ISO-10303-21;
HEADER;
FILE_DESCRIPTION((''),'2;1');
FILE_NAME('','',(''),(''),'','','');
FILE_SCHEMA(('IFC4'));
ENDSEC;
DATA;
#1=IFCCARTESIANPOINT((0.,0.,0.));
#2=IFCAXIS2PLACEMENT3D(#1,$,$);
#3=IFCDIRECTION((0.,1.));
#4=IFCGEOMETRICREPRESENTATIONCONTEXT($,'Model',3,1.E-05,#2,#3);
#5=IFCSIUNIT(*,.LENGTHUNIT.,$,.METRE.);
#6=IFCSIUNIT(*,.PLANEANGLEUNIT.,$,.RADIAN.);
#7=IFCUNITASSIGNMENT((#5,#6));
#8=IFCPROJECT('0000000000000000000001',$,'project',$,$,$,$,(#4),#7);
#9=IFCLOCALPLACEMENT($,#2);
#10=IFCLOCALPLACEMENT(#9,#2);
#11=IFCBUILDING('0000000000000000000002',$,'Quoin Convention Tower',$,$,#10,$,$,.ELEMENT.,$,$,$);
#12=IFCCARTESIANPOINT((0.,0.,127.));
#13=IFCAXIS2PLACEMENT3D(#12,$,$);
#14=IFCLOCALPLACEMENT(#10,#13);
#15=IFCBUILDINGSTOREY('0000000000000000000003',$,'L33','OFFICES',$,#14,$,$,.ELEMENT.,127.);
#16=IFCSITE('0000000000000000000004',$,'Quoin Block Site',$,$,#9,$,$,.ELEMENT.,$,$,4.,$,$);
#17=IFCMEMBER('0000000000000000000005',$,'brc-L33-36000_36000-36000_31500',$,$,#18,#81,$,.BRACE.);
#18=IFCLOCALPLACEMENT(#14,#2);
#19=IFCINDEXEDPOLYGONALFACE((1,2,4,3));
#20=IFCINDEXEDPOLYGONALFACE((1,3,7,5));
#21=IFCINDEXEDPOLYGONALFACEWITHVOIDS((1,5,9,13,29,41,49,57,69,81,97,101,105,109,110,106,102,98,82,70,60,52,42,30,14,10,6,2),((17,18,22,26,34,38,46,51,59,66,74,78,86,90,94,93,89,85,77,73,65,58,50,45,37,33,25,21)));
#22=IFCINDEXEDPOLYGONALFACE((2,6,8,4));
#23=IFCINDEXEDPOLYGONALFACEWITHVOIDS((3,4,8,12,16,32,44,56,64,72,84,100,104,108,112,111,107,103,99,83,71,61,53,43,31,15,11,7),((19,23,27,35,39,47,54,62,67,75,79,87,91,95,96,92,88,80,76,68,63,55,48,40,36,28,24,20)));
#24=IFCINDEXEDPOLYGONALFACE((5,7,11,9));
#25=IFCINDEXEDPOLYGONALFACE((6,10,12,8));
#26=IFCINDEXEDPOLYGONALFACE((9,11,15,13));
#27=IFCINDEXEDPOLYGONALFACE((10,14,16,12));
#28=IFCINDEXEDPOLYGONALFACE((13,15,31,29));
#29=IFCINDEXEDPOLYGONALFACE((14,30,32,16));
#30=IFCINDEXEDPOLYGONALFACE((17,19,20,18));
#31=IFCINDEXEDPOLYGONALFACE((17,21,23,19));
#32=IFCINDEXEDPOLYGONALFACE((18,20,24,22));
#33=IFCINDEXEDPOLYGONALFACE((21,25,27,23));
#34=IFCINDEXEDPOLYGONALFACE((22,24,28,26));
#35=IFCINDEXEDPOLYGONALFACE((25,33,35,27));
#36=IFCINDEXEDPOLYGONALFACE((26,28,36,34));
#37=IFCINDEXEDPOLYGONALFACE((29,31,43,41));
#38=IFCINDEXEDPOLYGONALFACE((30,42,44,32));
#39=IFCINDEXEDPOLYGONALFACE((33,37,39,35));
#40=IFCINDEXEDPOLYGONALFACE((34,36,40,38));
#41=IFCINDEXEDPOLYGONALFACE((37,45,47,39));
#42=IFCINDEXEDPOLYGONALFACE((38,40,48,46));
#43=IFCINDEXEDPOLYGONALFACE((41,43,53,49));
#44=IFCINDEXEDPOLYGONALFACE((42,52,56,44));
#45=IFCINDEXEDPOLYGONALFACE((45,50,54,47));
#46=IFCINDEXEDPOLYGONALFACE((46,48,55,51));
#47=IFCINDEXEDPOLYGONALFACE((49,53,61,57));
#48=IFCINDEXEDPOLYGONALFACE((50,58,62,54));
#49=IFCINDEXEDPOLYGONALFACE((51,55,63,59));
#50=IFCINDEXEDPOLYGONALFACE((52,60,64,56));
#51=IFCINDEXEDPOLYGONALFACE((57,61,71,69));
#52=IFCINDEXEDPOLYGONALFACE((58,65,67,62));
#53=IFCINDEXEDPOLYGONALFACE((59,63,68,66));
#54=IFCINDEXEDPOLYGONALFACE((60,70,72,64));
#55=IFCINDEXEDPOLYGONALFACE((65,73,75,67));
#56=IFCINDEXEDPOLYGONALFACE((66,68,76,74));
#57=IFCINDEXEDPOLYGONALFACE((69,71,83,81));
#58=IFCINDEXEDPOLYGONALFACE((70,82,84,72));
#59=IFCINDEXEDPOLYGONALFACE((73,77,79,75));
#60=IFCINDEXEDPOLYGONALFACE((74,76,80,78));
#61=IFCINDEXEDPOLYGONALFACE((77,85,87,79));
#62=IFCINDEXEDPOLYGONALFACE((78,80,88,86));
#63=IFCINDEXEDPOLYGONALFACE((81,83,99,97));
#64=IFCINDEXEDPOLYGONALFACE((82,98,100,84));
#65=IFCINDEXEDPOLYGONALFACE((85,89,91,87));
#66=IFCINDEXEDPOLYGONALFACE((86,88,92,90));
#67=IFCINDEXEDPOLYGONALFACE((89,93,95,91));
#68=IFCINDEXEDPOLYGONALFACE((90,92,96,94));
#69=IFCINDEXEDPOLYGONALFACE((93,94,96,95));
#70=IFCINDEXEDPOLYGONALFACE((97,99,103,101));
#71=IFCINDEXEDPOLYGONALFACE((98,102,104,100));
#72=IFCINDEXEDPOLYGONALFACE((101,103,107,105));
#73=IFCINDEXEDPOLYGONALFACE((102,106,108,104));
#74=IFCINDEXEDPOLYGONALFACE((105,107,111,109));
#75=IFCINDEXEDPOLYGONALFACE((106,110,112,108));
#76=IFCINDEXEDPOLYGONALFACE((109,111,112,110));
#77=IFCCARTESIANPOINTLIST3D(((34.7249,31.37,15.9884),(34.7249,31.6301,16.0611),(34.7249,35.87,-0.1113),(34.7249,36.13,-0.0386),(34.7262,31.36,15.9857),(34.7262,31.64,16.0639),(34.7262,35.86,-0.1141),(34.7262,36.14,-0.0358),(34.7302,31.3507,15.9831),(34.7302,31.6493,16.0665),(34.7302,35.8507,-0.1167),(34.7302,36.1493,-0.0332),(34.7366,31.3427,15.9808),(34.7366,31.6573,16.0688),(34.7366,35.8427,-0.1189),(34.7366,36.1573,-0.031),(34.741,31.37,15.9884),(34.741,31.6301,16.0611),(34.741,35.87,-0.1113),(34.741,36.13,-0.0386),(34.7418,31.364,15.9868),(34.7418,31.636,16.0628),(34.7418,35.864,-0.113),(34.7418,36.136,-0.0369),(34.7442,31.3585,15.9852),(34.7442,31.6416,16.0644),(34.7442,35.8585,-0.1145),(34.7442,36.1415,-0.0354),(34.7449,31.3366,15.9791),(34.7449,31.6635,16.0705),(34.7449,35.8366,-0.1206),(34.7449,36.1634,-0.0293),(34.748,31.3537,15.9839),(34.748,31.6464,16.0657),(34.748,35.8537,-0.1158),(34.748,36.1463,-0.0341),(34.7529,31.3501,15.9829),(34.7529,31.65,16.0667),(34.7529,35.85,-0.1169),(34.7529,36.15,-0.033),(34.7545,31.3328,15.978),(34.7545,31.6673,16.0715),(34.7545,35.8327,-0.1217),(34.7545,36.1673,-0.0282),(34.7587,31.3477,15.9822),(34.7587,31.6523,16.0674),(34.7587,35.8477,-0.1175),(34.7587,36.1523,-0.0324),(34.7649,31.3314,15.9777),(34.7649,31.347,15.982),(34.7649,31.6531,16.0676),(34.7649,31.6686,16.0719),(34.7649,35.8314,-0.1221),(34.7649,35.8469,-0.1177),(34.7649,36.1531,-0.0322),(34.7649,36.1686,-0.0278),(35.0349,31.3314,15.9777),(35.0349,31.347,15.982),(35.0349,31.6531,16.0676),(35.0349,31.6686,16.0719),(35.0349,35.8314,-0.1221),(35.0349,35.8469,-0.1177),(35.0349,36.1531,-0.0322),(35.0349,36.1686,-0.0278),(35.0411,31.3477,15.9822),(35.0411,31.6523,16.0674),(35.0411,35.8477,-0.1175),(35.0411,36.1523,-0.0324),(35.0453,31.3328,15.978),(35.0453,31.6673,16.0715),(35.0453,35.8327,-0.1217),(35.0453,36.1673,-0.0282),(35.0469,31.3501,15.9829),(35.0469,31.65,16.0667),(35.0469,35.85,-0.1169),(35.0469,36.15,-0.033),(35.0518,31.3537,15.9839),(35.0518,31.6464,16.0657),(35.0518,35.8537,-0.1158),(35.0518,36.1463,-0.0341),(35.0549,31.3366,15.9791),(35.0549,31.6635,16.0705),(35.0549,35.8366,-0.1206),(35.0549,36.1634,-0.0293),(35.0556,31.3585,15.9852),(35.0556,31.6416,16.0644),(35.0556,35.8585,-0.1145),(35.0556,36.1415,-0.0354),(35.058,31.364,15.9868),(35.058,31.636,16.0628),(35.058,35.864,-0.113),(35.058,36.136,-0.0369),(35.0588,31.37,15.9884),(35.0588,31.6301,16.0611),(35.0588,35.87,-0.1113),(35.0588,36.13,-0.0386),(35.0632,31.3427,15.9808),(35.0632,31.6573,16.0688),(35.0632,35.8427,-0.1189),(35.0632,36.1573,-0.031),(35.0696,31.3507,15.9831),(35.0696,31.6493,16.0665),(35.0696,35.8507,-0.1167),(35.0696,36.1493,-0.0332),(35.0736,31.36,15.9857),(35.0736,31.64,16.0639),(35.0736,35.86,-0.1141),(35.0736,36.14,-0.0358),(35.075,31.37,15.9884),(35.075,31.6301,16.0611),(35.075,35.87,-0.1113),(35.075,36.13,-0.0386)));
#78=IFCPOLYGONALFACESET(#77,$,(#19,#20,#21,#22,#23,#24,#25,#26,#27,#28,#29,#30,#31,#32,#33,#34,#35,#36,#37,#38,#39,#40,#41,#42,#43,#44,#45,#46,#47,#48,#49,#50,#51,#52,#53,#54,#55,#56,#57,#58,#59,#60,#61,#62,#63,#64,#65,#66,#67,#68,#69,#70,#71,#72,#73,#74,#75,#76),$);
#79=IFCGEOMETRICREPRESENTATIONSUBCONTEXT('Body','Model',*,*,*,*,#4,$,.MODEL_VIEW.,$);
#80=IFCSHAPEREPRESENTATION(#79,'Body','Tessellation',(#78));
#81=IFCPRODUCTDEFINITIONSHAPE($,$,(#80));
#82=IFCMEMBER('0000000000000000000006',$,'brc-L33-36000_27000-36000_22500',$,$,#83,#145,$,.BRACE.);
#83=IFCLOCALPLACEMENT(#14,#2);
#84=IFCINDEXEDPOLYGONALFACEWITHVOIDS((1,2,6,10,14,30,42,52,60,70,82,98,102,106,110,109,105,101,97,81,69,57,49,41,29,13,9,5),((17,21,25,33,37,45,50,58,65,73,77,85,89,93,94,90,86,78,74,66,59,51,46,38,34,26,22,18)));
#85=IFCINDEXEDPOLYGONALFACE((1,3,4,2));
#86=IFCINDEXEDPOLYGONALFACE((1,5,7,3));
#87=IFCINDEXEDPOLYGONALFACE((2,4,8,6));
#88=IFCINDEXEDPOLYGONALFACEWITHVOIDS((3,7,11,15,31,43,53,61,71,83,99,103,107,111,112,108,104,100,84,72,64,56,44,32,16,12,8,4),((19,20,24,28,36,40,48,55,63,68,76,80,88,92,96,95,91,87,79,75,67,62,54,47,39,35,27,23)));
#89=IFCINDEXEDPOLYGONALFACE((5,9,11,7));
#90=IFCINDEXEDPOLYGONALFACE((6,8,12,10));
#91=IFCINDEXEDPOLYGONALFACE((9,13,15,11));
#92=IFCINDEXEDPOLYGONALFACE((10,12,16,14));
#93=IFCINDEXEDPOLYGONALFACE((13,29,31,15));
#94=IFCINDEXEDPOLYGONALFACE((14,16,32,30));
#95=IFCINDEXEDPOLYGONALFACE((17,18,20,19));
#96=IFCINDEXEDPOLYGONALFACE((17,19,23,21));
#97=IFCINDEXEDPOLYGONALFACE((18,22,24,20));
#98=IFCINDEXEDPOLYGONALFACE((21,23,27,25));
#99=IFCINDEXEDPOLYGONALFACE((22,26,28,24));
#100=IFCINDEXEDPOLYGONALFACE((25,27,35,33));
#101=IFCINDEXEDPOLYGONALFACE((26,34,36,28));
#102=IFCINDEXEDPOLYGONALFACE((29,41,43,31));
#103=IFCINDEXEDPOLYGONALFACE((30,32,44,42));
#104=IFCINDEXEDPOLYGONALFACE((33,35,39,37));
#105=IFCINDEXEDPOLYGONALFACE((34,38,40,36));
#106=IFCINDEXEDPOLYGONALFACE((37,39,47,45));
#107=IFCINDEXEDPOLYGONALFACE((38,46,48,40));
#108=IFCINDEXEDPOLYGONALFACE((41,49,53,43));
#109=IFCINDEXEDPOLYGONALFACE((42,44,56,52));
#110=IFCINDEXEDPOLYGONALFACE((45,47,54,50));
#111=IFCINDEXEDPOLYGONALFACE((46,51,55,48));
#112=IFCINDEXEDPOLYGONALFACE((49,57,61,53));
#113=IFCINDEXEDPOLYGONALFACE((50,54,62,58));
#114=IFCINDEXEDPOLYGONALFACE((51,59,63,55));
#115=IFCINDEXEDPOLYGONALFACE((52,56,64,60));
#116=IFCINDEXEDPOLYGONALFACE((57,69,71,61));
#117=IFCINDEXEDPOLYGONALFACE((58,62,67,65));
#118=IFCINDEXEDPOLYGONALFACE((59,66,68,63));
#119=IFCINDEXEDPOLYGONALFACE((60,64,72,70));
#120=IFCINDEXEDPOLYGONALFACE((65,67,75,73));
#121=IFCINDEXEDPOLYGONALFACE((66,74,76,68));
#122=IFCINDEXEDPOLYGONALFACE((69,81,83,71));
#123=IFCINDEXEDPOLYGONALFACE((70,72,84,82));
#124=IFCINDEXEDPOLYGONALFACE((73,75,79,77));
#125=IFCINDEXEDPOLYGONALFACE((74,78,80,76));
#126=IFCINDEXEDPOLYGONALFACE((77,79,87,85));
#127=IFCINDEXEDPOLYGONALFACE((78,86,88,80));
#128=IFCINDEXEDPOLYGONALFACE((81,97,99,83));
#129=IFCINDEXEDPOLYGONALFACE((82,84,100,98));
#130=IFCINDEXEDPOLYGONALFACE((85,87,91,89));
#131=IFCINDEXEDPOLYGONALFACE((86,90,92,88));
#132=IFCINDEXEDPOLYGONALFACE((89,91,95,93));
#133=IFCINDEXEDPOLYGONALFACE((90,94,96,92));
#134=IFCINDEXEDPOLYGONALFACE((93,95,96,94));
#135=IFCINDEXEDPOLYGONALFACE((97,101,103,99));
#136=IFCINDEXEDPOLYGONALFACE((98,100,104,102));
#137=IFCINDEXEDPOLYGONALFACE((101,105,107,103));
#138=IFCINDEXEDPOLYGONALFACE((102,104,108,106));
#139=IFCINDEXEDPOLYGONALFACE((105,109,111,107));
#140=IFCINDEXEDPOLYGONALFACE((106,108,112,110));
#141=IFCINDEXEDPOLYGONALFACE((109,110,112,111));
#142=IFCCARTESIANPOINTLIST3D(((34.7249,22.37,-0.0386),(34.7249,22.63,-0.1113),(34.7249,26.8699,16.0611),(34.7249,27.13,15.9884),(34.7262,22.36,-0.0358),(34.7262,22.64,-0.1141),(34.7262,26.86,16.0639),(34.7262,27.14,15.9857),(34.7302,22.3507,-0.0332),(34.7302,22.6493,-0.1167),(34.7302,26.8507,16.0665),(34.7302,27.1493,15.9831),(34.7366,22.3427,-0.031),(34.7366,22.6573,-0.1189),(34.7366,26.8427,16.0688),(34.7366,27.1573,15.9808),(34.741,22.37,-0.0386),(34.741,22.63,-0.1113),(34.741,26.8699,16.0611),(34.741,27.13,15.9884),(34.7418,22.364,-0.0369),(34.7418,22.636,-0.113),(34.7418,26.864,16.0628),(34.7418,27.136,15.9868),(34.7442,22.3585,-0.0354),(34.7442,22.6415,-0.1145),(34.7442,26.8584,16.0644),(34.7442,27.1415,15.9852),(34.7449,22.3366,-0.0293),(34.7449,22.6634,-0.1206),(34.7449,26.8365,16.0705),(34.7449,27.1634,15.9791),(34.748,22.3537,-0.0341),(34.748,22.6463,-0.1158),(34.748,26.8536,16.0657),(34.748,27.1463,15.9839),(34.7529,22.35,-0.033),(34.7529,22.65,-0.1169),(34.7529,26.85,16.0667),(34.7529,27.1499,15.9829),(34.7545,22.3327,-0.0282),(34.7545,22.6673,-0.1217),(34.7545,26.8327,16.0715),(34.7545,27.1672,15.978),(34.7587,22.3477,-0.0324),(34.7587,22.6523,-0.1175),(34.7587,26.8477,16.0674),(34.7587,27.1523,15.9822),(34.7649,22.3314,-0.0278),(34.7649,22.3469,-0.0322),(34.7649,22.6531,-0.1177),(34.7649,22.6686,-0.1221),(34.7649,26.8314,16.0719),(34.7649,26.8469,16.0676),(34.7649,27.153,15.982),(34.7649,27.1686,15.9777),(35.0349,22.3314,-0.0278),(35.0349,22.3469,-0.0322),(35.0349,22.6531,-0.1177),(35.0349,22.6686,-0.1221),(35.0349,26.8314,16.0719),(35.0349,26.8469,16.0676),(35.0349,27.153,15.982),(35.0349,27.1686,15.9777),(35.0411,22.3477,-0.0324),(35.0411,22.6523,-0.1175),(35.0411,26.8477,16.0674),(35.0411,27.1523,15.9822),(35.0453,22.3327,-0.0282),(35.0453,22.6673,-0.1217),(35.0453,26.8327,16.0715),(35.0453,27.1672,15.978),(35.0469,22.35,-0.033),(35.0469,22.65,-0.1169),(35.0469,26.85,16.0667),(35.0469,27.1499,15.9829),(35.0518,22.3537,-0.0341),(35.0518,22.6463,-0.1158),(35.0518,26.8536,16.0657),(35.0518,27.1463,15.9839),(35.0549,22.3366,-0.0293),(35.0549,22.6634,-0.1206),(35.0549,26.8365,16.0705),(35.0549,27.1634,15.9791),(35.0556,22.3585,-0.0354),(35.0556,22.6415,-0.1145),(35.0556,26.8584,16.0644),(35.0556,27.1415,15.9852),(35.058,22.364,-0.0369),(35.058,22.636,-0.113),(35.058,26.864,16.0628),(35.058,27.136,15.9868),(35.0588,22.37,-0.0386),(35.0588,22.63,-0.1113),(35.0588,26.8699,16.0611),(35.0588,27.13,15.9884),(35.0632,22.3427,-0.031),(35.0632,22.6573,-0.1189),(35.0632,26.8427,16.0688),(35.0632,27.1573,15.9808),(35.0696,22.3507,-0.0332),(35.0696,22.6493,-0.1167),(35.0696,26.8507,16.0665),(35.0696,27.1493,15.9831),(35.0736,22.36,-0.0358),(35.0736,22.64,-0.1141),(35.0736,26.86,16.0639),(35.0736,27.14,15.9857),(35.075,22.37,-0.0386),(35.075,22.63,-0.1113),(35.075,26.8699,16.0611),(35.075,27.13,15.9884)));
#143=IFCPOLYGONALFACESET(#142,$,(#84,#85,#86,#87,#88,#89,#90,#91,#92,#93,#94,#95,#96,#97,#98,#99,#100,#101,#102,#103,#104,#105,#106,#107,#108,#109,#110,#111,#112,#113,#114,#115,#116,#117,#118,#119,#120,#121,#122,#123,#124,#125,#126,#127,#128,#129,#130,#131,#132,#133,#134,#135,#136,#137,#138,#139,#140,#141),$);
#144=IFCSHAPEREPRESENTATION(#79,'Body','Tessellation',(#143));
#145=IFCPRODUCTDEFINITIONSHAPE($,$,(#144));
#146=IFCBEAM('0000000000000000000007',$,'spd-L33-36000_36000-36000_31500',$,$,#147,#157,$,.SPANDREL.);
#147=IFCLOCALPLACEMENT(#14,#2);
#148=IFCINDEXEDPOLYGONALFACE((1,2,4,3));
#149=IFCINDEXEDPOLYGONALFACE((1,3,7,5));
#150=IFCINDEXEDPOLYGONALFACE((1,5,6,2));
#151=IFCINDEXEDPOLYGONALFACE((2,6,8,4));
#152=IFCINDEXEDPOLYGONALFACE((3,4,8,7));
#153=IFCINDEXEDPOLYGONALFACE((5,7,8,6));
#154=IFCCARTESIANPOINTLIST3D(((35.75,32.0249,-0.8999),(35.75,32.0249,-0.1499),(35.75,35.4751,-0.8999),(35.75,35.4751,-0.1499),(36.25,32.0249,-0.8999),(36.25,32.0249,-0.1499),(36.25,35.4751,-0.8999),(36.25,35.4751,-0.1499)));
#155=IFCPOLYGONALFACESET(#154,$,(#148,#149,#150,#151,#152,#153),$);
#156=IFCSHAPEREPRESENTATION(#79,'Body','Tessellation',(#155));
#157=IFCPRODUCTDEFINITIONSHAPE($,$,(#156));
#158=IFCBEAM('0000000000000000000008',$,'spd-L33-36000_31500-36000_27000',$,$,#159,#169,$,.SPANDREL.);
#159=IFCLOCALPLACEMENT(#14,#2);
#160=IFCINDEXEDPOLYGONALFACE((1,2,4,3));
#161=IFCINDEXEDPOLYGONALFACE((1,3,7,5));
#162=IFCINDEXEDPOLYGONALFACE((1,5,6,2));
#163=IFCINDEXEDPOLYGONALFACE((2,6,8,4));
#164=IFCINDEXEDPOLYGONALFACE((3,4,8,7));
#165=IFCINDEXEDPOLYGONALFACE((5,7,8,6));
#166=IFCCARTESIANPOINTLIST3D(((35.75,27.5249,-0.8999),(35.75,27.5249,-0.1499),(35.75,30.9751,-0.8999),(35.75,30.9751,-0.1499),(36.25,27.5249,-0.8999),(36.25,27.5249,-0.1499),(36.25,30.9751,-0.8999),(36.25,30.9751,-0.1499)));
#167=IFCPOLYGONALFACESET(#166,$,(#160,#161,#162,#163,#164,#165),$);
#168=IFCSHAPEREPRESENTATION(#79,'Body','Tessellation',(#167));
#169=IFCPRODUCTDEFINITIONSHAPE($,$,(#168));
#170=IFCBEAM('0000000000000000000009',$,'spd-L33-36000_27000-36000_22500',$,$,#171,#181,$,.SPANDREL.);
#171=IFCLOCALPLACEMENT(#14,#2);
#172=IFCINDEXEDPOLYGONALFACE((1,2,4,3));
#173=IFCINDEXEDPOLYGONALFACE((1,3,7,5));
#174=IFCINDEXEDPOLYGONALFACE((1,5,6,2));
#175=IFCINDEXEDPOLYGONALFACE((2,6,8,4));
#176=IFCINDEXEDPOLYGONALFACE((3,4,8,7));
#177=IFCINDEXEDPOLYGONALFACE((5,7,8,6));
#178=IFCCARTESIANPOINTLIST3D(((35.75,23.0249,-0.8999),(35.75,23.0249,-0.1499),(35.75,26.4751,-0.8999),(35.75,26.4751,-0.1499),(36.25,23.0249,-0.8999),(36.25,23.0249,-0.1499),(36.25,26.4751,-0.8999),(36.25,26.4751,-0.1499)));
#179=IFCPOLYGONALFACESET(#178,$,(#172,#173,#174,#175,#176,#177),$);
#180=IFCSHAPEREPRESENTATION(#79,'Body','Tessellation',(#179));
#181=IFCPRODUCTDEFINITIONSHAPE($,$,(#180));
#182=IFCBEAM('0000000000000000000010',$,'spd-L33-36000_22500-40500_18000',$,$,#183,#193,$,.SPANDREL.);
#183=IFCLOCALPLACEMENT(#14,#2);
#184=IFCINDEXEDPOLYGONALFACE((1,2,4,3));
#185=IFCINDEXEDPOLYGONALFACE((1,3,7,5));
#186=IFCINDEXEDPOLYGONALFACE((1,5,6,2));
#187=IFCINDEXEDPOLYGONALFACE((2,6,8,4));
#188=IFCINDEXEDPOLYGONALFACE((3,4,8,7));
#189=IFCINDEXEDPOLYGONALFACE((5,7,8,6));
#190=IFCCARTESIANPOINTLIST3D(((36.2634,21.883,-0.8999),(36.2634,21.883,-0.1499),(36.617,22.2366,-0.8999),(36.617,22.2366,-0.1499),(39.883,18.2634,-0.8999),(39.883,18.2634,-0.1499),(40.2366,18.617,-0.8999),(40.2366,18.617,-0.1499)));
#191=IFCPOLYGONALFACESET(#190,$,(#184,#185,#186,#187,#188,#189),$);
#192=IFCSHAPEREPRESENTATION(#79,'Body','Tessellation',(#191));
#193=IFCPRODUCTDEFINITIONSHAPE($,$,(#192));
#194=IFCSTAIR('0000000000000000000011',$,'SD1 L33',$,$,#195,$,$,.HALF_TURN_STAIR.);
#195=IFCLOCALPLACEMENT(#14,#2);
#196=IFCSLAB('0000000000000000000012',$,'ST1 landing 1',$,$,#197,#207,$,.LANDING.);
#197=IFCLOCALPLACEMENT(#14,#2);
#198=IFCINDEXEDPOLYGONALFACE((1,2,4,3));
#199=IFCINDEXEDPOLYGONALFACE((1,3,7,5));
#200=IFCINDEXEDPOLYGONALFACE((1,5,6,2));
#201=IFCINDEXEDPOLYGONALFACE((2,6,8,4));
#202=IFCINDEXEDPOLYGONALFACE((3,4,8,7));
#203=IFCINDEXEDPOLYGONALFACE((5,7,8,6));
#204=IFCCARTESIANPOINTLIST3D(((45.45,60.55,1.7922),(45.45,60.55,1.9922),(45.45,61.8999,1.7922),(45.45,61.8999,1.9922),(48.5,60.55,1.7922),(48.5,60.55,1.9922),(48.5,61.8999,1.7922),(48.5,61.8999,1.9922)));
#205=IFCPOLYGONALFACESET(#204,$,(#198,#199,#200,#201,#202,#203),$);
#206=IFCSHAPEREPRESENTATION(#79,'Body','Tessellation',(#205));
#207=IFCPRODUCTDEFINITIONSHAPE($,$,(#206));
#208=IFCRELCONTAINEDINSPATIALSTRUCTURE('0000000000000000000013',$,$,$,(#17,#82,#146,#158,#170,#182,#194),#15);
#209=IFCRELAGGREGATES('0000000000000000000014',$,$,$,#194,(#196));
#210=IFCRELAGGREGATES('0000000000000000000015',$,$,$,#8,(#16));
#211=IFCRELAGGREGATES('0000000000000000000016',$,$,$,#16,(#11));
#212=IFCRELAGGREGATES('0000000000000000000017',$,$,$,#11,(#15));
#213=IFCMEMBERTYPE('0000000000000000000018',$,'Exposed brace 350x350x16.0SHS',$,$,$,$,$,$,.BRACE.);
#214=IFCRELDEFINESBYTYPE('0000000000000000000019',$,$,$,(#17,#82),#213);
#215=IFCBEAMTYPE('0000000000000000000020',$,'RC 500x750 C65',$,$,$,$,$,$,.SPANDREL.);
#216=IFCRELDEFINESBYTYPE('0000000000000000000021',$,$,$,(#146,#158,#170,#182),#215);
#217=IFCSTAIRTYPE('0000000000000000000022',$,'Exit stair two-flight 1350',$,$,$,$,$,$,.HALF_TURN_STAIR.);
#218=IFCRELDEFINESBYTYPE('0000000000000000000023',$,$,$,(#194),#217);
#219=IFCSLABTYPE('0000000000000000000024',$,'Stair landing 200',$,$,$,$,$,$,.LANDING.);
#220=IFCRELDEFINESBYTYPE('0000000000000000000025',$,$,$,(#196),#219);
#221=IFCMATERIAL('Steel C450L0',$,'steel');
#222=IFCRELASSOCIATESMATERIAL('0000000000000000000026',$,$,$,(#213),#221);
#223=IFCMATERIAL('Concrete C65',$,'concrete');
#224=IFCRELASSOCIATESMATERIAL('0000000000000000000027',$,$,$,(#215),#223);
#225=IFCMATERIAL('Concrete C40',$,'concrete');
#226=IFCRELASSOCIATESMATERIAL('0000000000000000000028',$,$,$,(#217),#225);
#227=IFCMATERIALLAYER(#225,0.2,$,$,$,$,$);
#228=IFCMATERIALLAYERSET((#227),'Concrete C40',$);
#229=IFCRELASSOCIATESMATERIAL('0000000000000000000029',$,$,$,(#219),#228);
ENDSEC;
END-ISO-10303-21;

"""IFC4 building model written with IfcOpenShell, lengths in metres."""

from ifc_helpers import new_model, si_unit, direction, frame, origin, origin_2d, place, context, subcontext, project, spatial, polyline, rectangle, hollow_rectangle, outline, extrude, material, layer, layer_set, material_profile, profile_set, type_object, element, aggregate, save


model = new_model("IFC4")

# Units and contexts
model_context = context("Model", 3, precision=1e-05, world=origin(), true_north=direction((0.0, 1.0)))
body_context = subcontext(model_context, "Body", "Model", "MODEL_VIEW")
ifc_project = project(units=[si_unit("LENGTHUNIT", "METRE"), si_unit("PLANEANGLEUNIT", "RADIAN")], contexts=[model_context])

# Site, building, storey
site_placement = place(None, origin())
site = spatial("IfcSite", under=ifc_project, at=site_placement, Name="Quoin Block Site", CompositionType="ELEMENT", RefElevation=4.0)
building_placement = place(site_placement, origin())
building = spatial("IfcBuilding", under=site, at=building_placement, Name="Quoin Convention Tower", CompositionType="ELEMENT")
storey_placement = place(building_placement, frame((0.0, 0.0, 127.0)))
storey = spatial("IfcBuildingStorey", under=building, at=storey_placement, Name="L33", Description="OFFICES", CompositionType="ELEMENT", Elevation=127.0)

# Shared definitions
ifc_material_1 = material(Name="Concrete C65", Category="concrete")

# Members
ifc_material_2 = material(Name="Steel C450L0", Category="steel")
ifc_material_profile_1 = material_profile(ifc_material_2, hollow_rectangle(XDim=0.3501, YDim=0.3501, WallThickness=0.0161, InnerFilletRadius=0.0239, OuterFilletRadius=0.04, at=origin_2d()), Name="350x350x16.0SHS")
ifc_profile_set_1 = profile_set([ifc_material_profile_1], Name="Steel C450L0")
member_type = type_object("IfcMemberType", Name="Exposed brace 350x350x16.0SHS", PredefinedType="BRACE", material=ifc_profile_set_1)
for number, where, z_axis, x_axis, name in (
    (1, (34.8999, 36.0, -0.075), (0.0, -0.269188, 0.963088), (1.0, 0.0, 0.0), "brc-L33-36000_36000-36000_31500"),
    (2, (34.8999, 22.5, -0.075), (0.0, 0.269188, 0.963088), (-1.0, 0.0, 0.0), "brc-L33-36000_27000-36000_22500"),
):
    element("IfcMember", number, at=place(storey_placement, frame(where, z_axis=z_axis, x_axis=x_axis)), inside=storey, type_object=member_type, Name=name, PredefinedType="BRACE", context=body_context, shape_type="SweptSolid", body=[
        extrude(hollow_rectangle(XDim=0.3501, YDim=0.3501, WallThickness=0.0161, InnerFilletRadius=0.0239, OuterFilletRadius=0.04, at=origin_2d()), origin(), (0.0, 0.0, 1.0), 16.7168),
    ])

# Beams
ifc_material_profile_2 = material_profile(ifc_material_1, rectangle(XDim=0.5, YDim=0.75, at=origin_2d()), Name="RC 500x750")
ifc_profile_set_2 = profile_set([ifc_material_profile_2], Name="Concrete C65")
beam_type = type_object("IfcBeamType", Name="RC 500x750 C65", PredefinedType="SPANDREL", material=ifc_profile_set_2)
for number, where, z_axis, x_axis, name in (
    (3, (36.0, 35.4751, -0.5249), (0.0, -1.0, 0.0), (1.0, 0.0, 0.0), "spd-L33-36000_36000-36000_31500"),
    (4, (36.0, 30.9751, -0.5249), (0.0, -1.0, 0.0), (1.0, 0.0, 0.0), "spd-L33-36000_31500-36000_27000"),
    (5, (36.0, 26.4751, -0.5249), (0.0, -1.0, 0.0), (1.0, 0.0, 0.0), "spd-L33-36000_27000-36000_22500"),
):
    element("IfcBeam", number, at=place(storey_placement, frame(where, z_axis=z_axis, x_axis=x_axis)), inside=storey, type_object=beam_type, Name=name, PredefinedType="SPANDREL", context=body_context, shape_type="SweptSolid", body=[
        extrude(rectangle(XDim=0.5, YDim=0.75, at=origin_2d()), origin(), (0.0, 0.0, 1.0), 3.4502),
    ])
beam_placement = place(storey_placement, frame((36.4402, 22.0598, -0.5249), z_axis=(0.707107, -0.707107, 0.0), x_axis=(0.707107, 0.707107, 0.0)))
element("IfcBeam", 6, at=beam_placement, inside=storey, type_object=beam_type, Name="spd-L33-36000_22500-40500_18000", PredefinedType="SPANDREL", context=body_context, shape_type="SweptSolid", body=[
    extrude(rectangle(XDim=0.5, YDim=0.75, at=origin_2d()), origin(), (0.0, 0.0, 1.0), 5.1189),
])

# Shared definitions
ifc_material_3 = material(Name="Concrete C40", Category="concrete")

# Stair, slab
stair_type_1 = type_object("IfcStairType", Name="Exit stair two-flight 1350", PredefinedType="HALF_TURN_STAIR", material=ifc_material_3)
stair_1_placement = place(storey_placement, origin())
stair_1 = element("IfcStair", 7, at=stair_1_placement, inside=storey, type_object=stair_type_1, Name="SD1 L33", PredefinedType="HALF_TURN_STAIR")
ifc_layer_1 = layer(ifc_material_3, 0.2)
ifc_layer_set_1 = layer_set([ifc_layer_1], Name="Concrete C40")
slab_type_1 = type_object("IfcSlabType", Name="Stair landing 200", PredefinedType="LANDING", material=ifc_layer_set_1)
slab_1_placement = place(storey_placement, frame((0.0, 0.0, 1.7922)))
slab_1 = element("IfcSlab", 8, at=slab_1_placement, type_object=slab_type_1, Name="ST1 landing 1", PredefinedType="LANDING", context=body_context, shape_type="SweptSolid", body=[
    extrude(outline(polyline([(45.45, 60.55), (48.5, 60.55), (48.5, 61.8999), (45.45, 61.8999), (45.45, 60.55)])), origin(), (0.0, 0.0, 1.0), 0.2),
])
aggregate(stair_1, [slab_1])

save(model, "model.ifc")
